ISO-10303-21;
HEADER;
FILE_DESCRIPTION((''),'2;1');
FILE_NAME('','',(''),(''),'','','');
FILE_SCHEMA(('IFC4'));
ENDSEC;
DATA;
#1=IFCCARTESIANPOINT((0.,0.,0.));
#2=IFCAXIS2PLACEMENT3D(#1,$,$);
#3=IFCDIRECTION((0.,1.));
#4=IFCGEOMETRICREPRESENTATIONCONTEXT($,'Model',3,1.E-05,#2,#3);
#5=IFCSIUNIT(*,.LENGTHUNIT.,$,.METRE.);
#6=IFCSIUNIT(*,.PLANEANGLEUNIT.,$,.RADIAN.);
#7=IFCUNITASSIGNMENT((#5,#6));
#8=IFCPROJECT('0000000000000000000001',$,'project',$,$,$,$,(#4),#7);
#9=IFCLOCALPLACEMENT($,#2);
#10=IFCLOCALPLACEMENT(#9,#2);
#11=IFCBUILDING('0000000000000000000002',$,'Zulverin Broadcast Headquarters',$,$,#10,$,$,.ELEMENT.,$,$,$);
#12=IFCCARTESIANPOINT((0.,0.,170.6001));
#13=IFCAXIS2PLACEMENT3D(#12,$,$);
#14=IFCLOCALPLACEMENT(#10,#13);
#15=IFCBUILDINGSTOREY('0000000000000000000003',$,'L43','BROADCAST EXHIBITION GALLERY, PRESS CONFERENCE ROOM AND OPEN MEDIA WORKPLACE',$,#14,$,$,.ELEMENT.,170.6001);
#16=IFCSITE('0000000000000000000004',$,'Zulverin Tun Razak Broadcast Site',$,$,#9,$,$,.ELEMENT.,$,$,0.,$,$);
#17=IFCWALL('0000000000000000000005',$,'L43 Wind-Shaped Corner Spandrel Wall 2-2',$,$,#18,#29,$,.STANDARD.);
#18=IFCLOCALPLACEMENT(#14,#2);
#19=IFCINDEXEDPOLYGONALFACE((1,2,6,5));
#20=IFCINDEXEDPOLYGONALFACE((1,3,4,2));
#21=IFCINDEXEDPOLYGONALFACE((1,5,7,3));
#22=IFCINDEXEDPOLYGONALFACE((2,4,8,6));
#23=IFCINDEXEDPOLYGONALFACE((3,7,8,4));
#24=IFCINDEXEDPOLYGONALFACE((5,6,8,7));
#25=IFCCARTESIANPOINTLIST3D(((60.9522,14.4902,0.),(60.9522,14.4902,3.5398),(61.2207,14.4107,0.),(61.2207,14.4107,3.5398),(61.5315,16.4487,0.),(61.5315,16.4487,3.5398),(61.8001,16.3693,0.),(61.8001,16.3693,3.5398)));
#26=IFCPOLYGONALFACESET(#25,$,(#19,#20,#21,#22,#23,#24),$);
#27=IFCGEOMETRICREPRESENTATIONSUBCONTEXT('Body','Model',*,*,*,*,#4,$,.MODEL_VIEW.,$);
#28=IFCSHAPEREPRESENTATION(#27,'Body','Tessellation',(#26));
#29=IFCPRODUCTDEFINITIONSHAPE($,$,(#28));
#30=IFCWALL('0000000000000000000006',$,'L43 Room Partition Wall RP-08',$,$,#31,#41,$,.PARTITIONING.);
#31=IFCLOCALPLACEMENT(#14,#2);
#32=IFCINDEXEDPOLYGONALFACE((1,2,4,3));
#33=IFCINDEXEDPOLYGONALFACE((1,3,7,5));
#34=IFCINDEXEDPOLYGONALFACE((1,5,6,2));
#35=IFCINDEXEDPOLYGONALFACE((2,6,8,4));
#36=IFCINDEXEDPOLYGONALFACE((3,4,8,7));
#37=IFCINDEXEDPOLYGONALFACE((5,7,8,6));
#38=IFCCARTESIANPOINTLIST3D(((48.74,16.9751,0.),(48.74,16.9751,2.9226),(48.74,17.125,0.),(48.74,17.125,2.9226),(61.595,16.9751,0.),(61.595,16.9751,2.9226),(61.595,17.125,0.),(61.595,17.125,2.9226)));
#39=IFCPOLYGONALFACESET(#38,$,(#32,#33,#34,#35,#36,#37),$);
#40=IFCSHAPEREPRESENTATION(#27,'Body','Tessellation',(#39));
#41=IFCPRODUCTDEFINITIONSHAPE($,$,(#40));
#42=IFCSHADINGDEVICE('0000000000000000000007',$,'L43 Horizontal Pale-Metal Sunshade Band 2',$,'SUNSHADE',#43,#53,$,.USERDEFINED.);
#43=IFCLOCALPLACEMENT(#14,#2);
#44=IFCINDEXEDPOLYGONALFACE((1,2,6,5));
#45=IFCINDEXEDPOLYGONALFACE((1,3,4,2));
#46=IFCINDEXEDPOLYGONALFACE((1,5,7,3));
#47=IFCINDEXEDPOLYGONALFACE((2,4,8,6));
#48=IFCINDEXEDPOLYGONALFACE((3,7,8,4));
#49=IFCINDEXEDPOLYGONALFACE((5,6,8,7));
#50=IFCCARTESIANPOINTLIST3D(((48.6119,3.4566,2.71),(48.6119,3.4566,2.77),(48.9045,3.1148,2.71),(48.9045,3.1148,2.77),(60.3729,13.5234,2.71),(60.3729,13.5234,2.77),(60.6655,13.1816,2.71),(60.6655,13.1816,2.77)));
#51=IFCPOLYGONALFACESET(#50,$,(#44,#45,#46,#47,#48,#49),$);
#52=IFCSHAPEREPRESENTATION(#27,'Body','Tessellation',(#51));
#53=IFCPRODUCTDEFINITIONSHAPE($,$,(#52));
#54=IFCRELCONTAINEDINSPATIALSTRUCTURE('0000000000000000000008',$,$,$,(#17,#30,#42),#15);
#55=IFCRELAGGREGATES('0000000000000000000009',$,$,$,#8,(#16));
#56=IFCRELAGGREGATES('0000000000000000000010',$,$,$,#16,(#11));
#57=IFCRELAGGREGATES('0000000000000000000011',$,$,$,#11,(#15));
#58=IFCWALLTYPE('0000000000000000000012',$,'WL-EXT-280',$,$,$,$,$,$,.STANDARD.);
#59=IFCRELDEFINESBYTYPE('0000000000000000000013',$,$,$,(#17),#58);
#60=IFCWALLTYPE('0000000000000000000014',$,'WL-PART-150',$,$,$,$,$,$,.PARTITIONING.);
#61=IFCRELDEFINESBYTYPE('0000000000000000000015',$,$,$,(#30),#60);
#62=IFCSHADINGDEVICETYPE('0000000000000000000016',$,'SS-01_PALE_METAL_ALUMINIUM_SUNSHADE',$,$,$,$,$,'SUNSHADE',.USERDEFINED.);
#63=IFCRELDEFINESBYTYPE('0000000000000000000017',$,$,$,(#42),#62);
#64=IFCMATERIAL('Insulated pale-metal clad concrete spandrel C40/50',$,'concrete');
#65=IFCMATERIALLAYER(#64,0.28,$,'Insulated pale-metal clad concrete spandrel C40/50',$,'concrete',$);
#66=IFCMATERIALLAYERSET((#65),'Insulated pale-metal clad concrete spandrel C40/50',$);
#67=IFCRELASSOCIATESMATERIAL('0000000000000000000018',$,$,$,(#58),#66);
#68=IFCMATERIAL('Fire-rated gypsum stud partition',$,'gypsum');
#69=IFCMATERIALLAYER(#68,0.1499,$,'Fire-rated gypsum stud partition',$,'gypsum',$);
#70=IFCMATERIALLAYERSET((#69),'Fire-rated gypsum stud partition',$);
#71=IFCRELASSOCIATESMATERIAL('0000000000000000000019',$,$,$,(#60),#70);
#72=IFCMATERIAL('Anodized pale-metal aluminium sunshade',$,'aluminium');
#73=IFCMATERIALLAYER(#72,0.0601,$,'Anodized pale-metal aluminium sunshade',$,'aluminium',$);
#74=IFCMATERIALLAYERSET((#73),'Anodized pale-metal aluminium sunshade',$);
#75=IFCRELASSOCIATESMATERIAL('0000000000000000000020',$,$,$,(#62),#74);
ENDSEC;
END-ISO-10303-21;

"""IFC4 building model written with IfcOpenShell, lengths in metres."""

from ifc_helpers import new_model, si_unit, direction, frame, frame_2d, origin, origin_2d, place, context, subcontext, project, spatial, rectangle, extrude, material, layer, layer_set, type_object, element, save


model = new_model("IFC4")

# Units and contexts
model_context = context("Model", 3, precision=1e-05, world=origin(), true_north=direction((0.0, 1.0)))
body_context = subcontext(model_context, "Body", "Model", "MODEL_VIEW")
ifc_project = project(units=[si_unit("LENGTHUNIT", "METRE"), si_unit("PLANEANGLEUNIT", "RADIAN")], contexts=[model_context])

# Site, building, storey
site_placement = place(None, origin())
site = spatial("IfcSite", under=ifc_project, at=site_placement, Name="Zulverin Tun Razak Broadcast Site", CompositionType="ELEMENT", RefElevation=0.0)
building_placement = place(site_placement, origin())
building = spatial("IfcBuilding", under=site, at=building_placement, Name="Zulverin Broadcast Headquarters", CompositionType="ELEMENT")
storey_placement = place(building_placement, frame((0.0, 0.0, 170.6001)))
storey = spatial("IfcBuildingStorey", under=building, at=storey_placement, Name="L43", Description="BROADCAST EXHIBITION GALLERY, PRESS CONFERENCE ROOM AND OPEN MEDIA WORKPLACE", CompositionType="ELEMENT", Elevation=170.6001)

# Shared definitions
ifc_material_1 = material(Name="Insulated pale-metal clad concrete spandrel C40/50", Category="concrete")
ifc_layer_1 = layer(ifc_material_1, 0.28, Name="Insulated pale-metal clad concrete spandrel C40/50", Category="concrete")
ifc_layer_set_1 = layer_set([ifc_layer_1], Name="Insulated pale-metal clad concrete spandrel C40/50")
wall_type_1 = type_object("IfcWallType", Name="WL-EXT-280", PredefinedType="STANDARD", material=ifc_layer_set_1)

# Walls
wall_1_placement = place(storey_placement, frame((61.0864, 14.4504, 0.0), z_axis=(0.0, 0.0, 1.0), x_axis=(0.283661, 0.958925, 0.0)))
element("IfcWall", 1, at=wall_1_placement, inside=storey, type_object=wall_type_1, Name="L43 Wind-Shaped Corner Spandrel Wall 2-2", PredefinedType="STANDARD", context=body_context, shape_type="SweptSolid", body=[
    extrude(rectangle(XDim=2.0425, YDim=0.28, at=frame_2d((1.0212, 0.0))), origin(), (0.0, 0.0, 1.0), 3.5398),
])
ifc_material_2 = material(Name="Fire-rated gypsum stud partition", Category="gypsum")
ifc_layer_2 = layer(ifc_material_2, 0.1499, Name="Fire-rated gypsum stud partition", Category="gypsum")
ifc_layer_set_2 = layer_set([ifc_layer_2], Name="Fire-rated gypsum stud partition")
wall_type_2 = type_object("IfcWallType", Name="WL-PART-150", PredefinedType="PARTITIONING", material=ifc_layer_set_2)
wall_2_placement = place(storey_placement, frame((48.74, 17.05, 0.0), z_axis=(0.0, 0.0, 1.0), x_axis=(1.0, 0.0, 0.0)))
element("IfcWall", 2, at=wall_2_placement, inside=storey, type_object=wall_type_2, Name="L43 Room Partition Wall RP-08", PredefinedType="PARTITIONING", context=body_context, shape_type="SweptSolid", body=[
    extrude(rectangle(XDim=12.855, YDim=0.1499, at=frame_2d((6.4275, 0.0))), origin(), (0.0, 0.0, 1.0), 2.9226),
])

# Shading device
ifc_material_3 = material(Name="Anodized pale-metal aluminium sunshade", Category="aluminium")
ifc_layer_3 = layer(ifc_material_3, 0.0601, Name="Anodized pale-metal aluminium sunshade", Category="aluminium")
ifc_layer_set_3 = layer_set([ifc_layer_3], Name="Anodized pale-metal aluminium sunshade")
shading_device_type = type_object("IfcShadingDeviceType", Name="SS-01_PALE_METAL_ALUMINIUM_SUNSHADE", ElementType="SUNSHADE", PredefinedType="USERDEFINED", material=ifc_layer_set_3)
shading_device_placement = place(storey_placement, frame((54.6387, 8.3191, 2.71), z_axis=(0.0, 0.0, 1.0), x_axis=(0.759706, 0.650267, 0.0)))
element("IfcShadingDevice", 3, at=shading_device_placement, inside=storey, type_object=shading_device_type, Name="L43 Horizontal Pale-Metal Sunshade Band 2", ObjectType="SUNSHADE", PredefinedType="USERDEFINED", context=body_context, shape_type="SweptSolid", body=[
    extrude(rectangle(XDim=15.481, YDim=0.45, at=origin_2d()), origin(), (0.0, 0.0, 1.0), 0.0601),
])

save(model, "model.ifc")
